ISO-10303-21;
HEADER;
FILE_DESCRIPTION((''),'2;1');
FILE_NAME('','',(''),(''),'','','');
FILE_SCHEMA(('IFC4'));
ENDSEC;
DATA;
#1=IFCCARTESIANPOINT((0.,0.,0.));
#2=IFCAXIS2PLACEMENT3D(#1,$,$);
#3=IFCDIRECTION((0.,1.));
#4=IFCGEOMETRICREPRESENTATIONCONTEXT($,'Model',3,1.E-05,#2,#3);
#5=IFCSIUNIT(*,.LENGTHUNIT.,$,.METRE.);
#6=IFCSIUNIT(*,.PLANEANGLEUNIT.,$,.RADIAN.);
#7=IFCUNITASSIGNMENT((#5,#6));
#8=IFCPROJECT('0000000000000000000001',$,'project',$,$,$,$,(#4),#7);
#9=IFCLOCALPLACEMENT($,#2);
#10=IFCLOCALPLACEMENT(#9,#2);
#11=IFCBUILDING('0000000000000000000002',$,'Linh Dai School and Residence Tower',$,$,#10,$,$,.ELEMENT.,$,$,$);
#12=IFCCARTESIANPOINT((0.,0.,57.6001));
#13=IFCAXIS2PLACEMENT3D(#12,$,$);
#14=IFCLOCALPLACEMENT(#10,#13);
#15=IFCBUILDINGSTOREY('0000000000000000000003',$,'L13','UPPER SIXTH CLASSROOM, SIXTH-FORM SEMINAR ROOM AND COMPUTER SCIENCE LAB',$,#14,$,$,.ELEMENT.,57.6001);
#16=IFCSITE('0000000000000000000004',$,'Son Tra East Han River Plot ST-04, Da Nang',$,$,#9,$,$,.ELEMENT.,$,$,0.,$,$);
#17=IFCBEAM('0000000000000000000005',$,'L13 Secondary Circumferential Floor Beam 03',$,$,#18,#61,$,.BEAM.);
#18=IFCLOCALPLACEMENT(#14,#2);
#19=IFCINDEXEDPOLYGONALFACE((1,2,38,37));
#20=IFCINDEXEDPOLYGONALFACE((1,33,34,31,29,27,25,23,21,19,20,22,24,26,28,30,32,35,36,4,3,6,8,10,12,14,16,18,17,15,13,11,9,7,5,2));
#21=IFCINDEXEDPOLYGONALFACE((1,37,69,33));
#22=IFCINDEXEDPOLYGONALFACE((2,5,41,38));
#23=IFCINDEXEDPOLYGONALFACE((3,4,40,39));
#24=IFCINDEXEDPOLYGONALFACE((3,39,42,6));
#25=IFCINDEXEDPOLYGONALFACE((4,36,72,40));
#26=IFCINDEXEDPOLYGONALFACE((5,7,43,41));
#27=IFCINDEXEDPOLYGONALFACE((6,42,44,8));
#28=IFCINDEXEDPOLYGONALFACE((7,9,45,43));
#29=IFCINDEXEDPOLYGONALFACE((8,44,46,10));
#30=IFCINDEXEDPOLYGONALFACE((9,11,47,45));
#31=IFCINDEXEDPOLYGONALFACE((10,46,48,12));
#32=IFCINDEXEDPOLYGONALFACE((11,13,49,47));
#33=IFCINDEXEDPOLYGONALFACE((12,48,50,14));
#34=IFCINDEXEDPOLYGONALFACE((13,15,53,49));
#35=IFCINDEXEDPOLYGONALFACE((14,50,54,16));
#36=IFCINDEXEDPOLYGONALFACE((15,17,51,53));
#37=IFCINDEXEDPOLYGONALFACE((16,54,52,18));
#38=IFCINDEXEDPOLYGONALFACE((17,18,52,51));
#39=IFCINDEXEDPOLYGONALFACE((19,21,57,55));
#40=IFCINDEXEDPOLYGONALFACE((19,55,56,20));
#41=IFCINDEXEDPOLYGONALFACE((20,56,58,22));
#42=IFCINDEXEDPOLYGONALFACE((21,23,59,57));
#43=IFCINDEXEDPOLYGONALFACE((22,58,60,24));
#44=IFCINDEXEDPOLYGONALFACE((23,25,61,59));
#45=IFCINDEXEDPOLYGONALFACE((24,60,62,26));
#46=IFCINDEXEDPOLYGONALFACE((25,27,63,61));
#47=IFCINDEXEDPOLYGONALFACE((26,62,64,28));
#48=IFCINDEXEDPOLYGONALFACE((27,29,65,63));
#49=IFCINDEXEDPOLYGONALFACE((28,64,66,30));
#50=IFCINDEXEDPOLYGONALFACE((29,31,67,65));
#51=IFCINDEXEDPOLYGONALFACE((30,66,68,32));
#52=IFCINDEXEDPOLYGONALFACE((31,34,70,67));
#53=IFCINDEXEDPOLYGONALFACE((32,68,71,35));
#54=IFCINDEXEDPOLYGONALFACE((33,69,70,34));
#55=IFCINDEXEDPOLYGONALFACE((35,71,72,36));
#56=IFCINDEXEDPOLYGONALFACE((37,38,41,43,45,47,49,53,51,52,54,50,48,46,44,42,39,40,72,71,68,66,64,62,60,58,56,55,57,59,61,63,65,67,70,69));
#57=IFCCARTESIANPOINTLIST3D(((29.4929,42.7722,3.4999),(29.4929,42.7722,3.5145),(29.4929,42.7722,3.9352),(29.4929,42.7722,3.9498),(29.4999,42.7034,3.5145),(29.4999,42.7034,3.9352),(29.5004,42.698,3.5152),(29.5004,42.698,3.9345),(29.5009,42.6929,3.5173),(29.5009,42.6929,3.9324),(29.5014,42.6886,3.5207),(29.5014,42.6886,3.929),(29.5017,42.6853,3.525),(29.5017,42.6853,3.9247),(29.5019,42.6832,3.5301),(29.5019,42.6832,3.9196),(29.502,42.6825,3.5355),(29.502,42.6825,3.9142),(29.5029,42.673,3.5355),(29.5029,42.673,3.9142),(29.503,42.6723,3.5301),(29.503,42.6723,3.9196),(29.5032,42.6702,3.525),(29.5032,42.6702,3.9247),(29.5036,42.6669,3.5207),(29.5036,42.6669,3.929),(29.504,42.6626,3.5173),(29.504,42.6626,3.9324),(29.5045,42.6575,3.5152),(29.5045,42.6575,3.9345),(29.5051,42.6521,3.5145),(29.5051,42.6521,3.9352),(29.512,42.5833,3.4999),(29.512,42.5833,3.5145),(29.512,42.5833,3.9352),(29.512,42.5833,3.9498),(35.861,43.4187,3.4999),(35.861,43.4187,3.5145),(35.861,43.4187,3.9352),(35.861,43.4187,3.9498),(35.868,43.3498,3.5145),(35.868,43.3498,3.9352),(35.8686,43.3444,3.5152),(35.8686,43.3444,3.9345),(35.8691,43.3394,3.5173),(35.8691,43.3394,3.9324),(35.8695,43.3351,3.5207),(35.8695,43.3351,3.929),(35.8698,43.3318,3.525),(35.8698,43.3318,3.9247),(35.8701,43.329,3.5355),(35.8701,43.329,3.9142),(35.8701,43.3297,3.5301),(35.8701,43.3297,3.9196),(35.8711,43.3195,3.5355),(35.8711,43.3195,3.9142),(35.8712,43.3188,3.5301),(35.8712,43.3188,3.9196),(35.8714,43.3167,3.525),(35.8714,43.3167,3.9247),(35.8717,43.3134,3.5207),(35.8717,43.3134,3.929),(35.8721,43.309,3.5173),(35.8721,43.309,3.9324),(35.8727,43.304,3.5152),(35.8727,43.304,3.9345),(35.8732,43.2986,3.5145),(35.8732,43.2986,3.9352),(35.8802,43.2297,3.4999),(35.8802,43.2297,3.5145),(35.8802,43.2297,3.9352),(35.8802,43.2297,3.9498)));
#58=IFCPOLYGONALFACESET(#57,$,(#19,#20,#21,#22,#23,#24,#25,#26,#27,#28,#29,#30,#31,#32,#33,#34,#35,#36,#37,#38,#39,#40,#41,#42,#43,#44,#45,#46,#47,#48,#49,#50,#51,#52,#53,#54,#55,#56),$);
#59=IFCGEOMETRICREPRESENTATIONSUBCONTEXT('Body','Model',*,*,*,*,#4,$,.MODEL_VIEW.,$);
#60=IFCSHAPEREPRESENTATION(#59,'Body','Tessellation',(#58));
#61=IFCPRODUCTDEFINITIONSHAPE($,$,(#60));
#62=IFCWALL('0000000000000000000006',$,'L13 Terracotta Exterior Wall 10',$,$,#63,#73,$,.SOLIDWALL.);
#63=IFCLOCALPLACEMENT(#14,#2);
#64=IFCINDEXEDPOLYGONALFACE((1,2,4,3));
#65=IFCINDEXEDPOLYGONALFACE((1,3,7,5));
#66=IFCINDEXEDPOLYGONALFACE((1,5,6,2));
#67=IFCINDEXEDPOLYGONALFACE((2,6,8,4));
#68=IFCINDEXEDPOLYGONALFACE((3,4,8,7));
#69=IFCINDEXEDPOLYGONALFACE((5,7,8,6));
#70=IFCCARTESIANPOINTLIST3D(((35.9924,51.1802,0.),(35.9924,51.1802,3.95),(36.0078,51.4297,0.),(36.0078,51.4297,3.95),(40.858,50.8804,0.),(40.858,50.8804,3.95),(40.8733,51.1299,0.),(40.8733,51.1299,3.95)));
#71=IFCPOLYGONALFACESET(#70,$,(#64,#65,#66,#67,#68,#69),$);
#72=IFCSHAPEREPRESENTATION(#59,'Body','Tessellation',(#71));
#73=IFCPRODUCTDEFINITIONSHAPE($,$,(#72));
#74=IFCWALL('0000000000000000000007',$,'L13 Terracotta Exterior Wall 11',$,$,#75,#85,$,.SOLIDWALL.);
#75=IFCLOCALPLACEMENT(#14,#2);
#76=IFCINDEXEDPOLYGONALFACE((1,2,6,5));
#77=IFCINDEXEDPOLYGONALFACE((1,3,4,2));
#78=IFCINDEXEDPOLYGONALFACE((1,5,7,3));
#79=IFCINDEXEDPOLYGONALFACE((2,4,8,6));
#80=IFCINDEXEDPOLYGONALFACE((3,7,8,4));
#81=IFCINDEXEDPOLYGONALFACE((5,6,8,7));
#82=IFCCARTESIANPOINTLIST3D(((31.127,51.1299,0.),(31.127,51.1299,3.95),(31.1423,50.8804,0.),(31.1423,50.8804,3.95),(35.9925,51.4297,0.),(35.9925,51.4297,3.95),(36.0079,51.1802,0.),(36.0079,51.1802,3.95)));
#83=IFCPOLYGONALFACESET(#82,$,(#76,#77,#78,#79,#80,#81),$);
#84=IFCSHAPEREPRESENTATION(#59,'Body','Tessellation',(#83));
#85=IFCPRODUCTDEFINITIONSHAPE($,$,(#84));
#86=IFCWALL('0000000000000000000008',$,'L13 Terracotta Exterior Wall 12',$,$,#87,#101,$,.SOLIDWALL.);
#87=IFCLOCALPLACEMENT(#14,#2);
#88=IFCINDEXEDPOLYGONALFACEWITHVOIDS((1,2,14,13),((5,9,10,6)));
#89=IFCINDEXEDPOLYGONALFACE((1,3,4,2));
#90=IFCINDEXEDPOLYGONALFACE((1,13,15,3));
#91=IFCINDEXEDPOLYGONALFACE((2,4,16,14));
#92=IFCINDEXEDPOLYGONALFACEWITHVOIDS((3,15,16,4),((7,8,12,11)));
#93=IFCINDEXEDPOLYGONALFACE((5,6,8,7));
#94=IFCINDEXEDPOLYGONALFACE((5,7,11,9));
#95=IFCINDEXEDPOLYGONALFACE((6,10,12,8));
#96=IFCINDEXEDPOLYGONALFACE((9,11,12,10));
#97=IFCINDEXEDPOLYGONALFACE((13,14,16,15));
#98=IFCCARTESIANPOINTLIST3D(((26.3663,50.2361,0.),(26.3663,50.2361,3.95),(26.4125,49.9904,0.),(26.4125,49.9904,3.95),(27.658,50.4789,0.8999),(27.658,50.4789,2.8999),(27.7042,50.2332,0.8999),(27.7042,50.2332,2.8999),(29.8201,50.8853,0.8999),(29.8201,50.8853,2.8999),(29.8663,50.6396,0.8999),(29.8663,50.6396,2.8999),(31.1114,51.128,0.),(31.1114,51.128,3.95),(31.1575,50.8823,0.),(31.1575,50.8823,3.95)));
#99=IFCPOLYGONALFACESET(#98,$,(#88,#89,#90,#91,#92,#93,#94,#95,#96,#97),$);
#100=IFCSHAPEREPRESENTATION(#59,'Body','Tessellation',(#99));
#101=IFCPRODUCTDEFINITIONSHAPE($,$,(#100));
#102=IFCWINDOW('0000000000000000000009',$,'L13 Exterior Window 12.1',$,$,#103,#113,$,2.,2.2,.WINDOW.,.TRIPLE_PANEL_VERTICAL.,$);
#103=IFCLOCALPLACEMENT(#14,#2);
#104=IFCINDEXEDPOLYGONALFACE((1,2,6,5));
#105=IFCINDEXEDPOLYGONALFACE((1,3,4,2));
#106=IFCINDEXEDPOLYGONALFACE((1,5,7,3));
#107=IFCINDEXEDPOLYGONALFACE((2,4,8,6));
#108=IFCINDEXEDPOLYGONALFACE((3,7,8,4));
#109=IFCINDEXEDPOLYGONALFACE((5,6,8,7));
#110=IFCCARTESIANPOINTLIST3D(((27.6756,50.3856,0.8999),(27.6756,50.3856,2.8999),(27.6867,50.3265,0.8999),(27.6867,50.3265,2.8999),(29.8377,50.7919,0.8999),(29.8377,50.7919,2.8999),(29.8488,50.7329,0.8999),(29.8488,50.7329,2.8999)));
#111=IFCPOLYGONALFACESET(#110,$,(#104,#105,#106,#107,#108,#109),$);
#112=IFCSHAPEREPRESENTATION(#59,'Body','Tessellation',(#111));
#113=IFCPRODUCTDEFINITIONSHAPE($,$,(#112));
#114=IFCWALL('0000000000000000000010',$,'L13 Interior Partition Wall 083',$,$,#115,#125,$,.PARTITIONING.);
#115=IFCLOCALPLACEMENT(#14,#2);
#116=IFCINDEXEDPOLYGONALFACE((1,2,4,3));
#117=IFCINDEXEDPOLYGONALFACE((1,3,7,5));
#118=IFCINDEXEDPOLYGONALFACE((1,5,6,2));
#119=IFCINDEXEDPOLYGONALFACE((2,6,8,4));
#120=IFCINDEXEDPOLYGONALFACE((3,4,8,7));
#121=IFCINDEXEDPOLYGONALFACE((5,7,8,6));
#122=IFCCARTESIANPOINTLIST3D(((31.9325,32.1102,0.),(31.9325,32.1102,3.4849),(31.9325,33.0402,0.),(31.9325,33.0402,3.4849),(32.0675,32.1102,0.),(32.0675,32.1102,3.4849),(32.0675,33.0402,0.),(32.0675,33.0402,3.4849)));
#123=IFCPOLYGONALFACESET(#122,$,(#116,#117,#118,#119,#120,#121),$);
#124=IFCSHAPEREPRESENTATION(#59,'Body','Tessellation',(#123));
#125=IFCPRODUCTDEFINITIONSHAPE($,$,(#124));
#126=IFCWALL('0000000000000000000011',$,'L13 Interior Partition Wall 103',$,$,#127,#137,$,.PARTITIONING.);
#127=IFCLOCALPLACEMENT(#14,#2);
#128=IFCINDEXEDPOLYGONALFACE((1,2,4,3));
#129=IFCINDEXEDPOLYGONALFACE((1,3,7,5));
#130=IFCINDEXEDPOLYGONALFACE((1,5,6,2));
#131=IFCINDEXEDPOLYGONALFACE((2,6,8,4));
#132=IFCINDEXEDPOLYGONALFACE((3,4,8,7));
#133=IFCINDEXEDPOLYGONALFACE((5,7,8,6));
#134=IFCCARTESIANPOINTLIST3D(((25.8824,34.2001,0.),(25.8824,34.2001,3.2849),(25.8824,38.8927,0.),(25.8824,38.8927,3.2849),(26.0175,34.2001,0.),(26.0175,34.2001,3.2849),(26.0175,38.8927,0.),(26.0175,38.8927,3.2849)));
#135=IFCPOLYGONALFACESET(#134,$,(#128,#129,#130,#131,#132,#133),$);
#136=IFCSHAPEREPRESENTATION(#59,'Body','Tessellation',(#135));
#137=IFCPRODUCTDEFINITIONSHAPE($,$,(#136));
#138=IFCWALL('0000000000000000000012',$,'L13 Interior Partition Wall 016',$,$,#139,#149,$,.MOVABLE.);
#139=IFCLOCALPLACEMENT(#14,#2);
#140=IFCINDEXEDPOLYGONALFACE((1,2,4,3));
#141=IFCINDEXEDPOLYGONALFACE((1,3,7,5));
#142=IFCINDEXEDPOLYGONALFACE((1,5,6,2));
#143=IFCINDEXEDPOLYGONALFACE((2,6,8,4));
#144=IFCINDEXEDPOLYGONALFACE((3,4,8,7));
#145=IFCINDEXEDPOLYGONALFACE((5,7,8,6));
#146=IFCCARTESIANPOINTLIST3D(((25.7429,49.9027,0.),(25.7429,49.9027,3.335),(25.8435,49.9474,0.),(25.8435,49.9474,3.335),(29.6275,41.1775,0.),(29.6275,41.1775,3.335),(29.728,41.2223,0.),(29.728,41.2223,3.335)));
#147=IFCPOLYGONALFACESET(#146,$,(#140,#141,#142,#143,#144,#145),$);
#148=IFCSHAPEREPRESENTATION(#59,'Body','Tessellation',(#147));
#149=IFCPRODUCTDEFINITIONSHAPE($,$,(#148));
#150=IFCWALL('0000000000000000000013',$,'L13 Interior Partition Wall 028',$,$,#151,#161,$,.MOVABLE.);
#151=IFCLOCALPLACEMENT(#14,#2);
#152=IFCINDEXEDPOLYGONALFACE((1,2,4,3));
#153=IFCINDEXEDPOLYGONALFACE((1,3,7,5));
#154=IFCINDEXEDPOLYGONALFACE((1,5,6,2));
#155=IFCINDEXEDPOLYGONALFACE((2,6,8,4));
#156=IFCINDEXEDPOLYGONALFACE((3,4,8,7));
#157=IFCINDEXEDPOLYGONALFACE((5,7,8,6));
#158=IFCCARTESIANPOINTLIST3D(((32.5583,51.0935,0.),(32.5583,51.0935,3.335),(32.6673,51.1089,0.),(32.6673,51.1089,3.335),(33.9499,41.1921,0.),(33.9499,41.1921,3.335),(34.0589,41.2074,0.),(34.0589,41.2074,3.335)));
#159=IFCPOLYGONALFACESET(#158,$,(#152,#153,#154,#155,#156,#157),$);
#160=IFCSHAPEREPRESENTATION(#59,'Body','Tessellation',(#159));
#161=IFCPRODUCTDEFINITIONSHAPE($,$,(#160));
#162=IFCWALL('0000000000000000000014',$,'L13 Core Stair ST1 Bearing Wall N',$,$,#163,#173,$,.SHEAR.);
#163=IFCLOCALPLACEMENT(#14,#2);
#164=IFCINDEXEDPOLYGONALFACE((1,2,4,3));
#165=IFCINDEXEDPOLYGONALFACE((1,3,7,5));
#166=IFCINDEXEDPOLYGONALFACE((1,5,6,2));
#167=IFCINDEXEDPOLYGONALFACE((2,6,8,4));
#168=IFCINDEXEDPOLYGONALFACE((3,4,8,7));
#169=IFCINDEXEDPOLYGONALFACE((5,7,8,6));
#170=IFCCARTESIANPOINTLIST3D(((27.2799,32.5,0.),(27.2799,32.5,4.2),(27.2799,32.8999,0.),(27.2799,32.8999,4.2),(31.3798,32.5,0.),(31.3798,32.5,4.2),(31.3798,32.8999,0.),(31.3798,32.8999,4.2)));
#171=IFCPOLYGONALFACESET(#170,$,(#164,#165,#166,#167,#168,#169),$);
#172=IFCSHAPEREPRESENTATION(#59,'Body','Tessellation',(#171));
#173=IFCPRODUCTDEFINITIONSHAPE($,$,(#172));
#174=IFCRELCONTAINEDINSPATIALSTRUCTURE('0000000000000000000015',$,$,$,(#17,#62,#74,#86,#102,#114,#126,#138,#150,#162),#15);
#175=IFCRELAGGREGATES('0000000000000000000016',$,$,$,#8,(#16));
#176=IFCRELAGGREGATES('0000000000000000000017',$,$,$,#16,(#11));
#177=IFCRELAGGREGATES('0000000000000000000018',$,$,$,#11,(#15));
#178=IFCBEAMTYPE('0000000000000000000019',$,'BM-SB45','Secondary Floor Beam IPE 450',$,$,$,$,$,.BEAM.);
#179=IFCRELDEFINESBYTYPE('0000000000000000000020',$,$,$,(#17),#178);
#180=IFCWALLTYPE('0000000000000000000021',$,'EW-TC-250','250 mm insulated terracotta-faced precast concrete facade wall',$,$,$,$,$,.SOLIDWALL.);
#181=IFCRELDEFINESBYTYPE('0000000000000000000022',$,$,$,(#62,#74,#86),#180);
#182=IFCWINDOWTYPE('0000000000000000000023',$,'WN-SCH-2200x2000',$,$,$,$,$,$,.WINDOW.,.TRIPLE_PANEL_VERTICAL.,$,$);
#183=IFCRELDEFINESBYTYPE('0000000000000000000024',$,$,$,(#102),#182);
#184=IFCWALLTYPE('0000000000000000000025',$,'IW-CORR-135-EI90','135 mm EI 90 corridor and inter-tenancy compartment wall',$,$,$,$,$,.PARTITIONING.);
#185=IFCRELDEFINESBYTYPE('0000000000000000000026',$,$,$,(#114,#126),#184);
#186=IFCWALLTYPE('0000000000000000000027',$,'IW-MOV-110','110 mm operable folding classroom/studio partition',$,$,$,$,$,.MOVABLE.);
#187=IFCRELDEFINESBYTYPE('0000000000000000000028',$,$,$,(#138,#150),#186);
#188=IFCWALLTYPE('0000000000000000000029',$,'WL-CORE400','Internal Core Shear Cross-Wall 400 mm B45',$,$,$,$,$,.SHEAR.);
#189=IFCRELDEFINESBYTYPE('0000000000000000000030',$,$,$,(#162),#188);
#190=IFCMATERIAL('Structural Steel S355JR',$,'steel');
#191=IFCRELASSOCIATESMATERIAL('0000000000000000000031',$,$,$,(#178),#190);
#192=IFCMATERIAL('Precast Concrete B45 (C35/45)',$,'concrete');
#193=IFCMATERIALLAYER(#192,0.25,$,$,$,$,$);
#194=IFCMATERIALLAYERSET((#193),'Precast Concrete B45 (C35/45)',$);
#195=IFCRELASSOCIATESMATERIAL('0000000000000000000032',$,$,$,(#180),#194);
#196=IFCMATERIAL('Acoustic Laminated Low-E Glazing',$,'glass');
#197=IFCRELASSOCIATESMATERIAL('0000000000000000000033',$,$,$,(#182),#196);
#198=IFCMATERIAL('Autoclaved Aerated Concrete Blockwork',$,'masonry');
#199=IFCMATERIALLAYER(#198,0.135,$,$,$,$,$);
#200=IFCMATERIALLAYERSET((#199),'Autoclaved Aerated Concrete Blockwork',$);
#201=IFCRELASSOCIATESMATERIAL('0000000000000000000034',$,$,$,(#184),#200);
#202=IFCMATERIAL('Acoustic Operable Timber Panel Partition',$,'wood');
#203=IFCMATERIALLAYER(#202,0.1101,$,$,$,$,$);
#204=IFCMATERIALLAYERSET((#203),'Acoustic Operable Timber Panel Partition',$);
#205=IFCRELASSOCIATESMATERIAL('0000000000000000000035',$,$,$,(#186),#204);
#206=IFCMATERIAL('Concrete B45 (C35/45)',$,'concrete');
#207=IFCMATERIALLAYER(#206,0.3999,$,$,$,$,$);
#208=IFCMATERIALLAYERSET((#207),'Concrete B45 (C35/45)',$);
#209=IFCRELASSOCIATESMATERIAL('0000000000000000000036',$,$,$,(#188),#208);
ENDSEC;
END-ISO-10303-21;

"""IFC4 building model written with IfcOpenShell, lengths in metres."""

from ifc_helpers import new_model, si_unit, direction, frame, frame_2d, origin, origin_2d, place, context, subcontext, project, spatial, rectangle, i_section, extrude, source, transform, mapped, material, layer, layer_set, material_profile, profile_set, type_object, element, fill, save


model = new_model("IFC4")

# Units and contexts
model_context = context("Model", 3, precision=1e-05, world=origin(), true_north=direction((0.0, 1.0)))
body_context = subcontext(model_context, "Body", "Model", "MODEL_VIEW")
ifc_project = project(units=[si_unit("LENGTHUNIT", "METRE"), si_unit("PLANEANGLEUNIT", "RADIAN")], contexts=[model_context])

# Site, building, storey
site_placement = place(None, origin())
site = spatial("IfcSite", under=ifc_project, at=site_placement, Name="Son Tra East Han River Plot ST-04, Da Nang", CompositionType="ELEMENT", RefElevation=0.0)
building_placement = place(site_placement, origin())
building = spatial("IfcBuilding", under=site, at=building_placement, Name="Linh Dai School and Residence Tower", CompositionType="ELEMENT")
storey_placement = place(building_placement, frame((0.0, 0.0, 57.6001)))
storey = spatial("IfcBuildingStorey", under=building, at=storey_placement, Name="L13", Description="UPPER SIXTH CLASSROOM, SIXTH-FORM SEMINAR ROOM AND COMPUTER SCIENCE LAB", CompositionType="ELEMENT", Elevation=57.6001)

# Shared definitions
ifc_material_1 = material(Name="Structural Steel S355JR", Category="steel")

# Beam
ifc_material_profile_1 = material_profile(ifc_material_1, i_section(OverallWidth=0.1899, OverallDepth=0.45, WebThickness=0.0095, FlangeThickness=0.0146, FilletRadius=0.021, at=origin_2d()), Name="IPE 450")
ifc_profile_set_1 = profile_set([ifc_material_profile_1], Name="Structural Steel S355JR")
beam_type_1 = type_object("IfcBeamType", Name="BM-SB45", Description="Secondary Floor Beam IPE 450", PredefinedType="BEAM", material=ifc_profile_set_1)
beam_1_placement = place(storey_placement, frame((35.8706, 43.3242, 3.7249), z_axis=(-0.994887, -0.100999, 0.0), x_axis=(0.100999, -0.994887, 0.0)))
element("IfcBeam", 1, at=beam_1_placement, inside=storey, type_object=beam_type_1, Name="L13 Secondary Circumferential Floor Beam 03", PredefinedType="BEAM", context=body_context, shape_type="SweptSolid", body=[
    extrude(i_section(OverallWidth=0.1899, OverallDepth=0.45, WebThickness=0.0095, FlangeThickness=0.0146, FilletRadius=0.021, at=origin_2d()), origin(), (0.0, 0.0, 1.0), 6.4009),
])

# Walls
ifc_material_2 = material(Name="Precast Concrete B45 (C35/45)", Category="concrete")
ifc_layer_1 = layer(ifc_material_2, 0.25)
ifc_layer_set_1 = layer_set([ifc_layer_1], Name="Precast Concrete B45 (C35/45)")
wall_type_1 = type_object("IfcWallType", Name="EW-TC-250", Description="250 mm insulated terracotta-faced precast concrete facade wall", PredefinedType="SOLIDWALL", material=ifc_layer_set_1)
for number, where, z_axis, x_axis, name in (
    (2, (36.0, 51.3049, 0.0), (0.0, 0.0, 1.0), (0.998107, -0.061502, 0.0), "L13 Terracotta Exterior Wall 10"),
    (3, (31.1345, 51.0051, 0.0), (0.0, 0.0, 1.0), (0.998107, 0.061502, 0.0), "L13 Terracotta Exterior Wall 11"),
):
    element("IfcWall", number, at=place(storey_placement, frame(where, z_axis=z_axis, x_axis=x_axis)), inside=storey, type_object=wall_type_1, Name=name, PredefinedType="SOLIDWALL", context=body_context, shape_type="SweptSolid", body=[
        extrude(rectangle(XDim=4.8748, YDim=0.25, at=frame_2d((2.4375, 0.0))), origin(), (0.0, 0.0, 1.0), 3.95),
    ])

# Wall, opening, window
wall_1_placement = place(storey_placement, frame((26.3894, 50.1133, 0.0), z_axis=(0.0, 0.0, 1.0), x_axis=(0.982792, 0.184716, 0.0)))
wall_1 = element("IfcWall", 4, at=wall_1_placement, inside=storey, type_object=wall_type_1, Name="L13 Terracotta Exterior Wall 12", PredefinedType="SOLIDWALL", context=body_context, shape_type="SweptSolid", body=[
    extrude(rectangle(XDim=4.8281, YDim=0.25, at=frame_2d((2.4141, 0.0))), origin(), (0.0, 0.0, 1.0), 3.95),
])
opening_placement = place(wall_1_placement, frame((1.3142, 0.0, 0.8999)))
opening = element("IfcOpeningElement", 5, at=opening_placement, cuts=wall_1, PredefinedType="OPENING", context=body_context, shape_type="SweptSolid", body=[
    extrude(rectangle(XDim=2.2, YDim=2.0, at=origin_2d()), frame((1.1001, 0.135, 1.0), z_axis=(0.0, -1.0, 0.0), x_axis=(1.0, 0.0, 0.0)), (0.0, 0.0, 1.0), 0.27),
])
ifc_material_3 = material(Name="Acoustic Laminated Low-E Glazing", Category="glass")
window_type = type_object("IfcWindowType", Name="WN-SCH-2200x2000", PartitioningType="TRIPLE_PANEL_VERTICAL", PredefinedType="WINDOW", material=ifc_material_3)
shared_shape_1 = source(origin(), body_context, "Body", "SweptSolid", [
    extrude(rectangle(XDim=2.2, YDim=2.0, at=origin_2d()), frame((1.1001, 0.03, 1.0), z_axis=(0.0, -1.0, 0.0), x_axis=(1.0, 0.0, 0.0)), (0.0, 0.0, 1.0), 0.0601),
])
window_placement = place(opening_placement, origin())
window = element("IfcWindow", 6, at=window_placement, inside=storey, type_object=window_type, Name="L13 Exterior Window 12.1", OverallHeight=2.0, OverallWidth=2.2, PartitioningType="TRIPLE_PANEL_VERTICAL", PredefinedType="WINDOW", context=body_context, shape_type="MappedRepresentation", body=[
    mapped(shared_shape_1, transform((0.0, 0.0, 0.0), x_axis=(1.0, 0.0, 0.0), y_axis=(0.0, 1.0, 0.0), z_axis=(0.0, 0.0, 1.0), scale=1.0)),
])
fill(opening, window)

# Walls
ifc_material_4 = material(Name="Autoclaved Aerated Concrete Blockwork", Category="masonry")
ifc_layer_2 = layer(ifc_material_4, 0.135)
ifc_layer_set_2 = layer_set([ifc_layer_2], Name="Autoclaved Aerated Concrete Blockwork")
wall_type_2 = type_object("IfcWallType", Name="IW-CORR-135-EI90", Description="135 mm EI 90 corridor and inter-tenancy compartment wall", PredefinedType="PARTITIONING", material=ifc_layer_set_2)
wall_2_placement = place(storey_placement, frame((32.0, 33.04, 0.0), z_axis=(0.0, 0.0, 1.0), x_axis=(0.0, -1.0, 0.0)))
element("IfcWall", 7, at=wall_2_placement, inside=storey, type_object=wall_type_2, Name="L13 Interior Partition Wall 083", PredefinedType="PARTITIONING", context=body_context, shape_type="SweptSolid", body=[
    extrude(rectangle(XDim=0.9299, YDim=0.135, at=frame_2d((0.4648, 0.0))), origin(), (0.0, 0.0, 1.0), 3.4849),
])
wall_3_placement = place(storey_placement, frame((25.95, 38.8926, 0.0), z_axis=(0.0, 0.0, 1.0), x_axis=(0.0, -1.0, 0.0)))
element("IfcWall", 8, at=wall_3_placement, inside=storey, type_object=wall_type_2, Name="L13 Interior Partition Wall 103", PredefinedType="PARTITIONING", context=body_context, shape_type="SweptSolid", body=[
    extrude(rectangle(XDim=4.6926, YDim=0.135, at=frame_2d((2.3462, 0.0))), origin(), (0.0, 0.0, 1.0), 3.2849),
])
ifc_material_5 = material(Name="Acoustic Operable Timber Panel Partition", Category="wood")
ifc_layer_3 = layer(ifc_material_5, 0.1101)
ifc_layer_set_3 = layer_set([ifc_layer_3], Name="Acoustic Operable Timber Panel Partition")
wall_type_3 = type_object("IfcWallType", Name="IW-MOV-110", Description="110 mm operable folding classroom/studio partition", PredefinedType="MOVABLE", material=ifc_layer_set_3)
wall_4_placement = place(storey_placement, frame((25.7932, 49.925, 0.0), z_axis=(0.0, 0.0, 1.0), x_axis=(0.406724, -0.913551, 0.0)))
element("IfcWall", 9, at=wall_4_placement, inside=storey, type_object=wall_type_3, Name="L13 Interior Partition Wall 016", PredefinedType="MOVABLE", context=body_context, shape_type="SweptSolid", body=[
    extrude(rectangle(XDim=9.5508, YDim=0.1101, at=frame_2d((4.7754, 0.0))), origin(), (0.0, 0.0, 1.0), 3.335),
])
wall_5_placement = place(storey_placement, frame((32.6128, 51.1013, 0.0), z_axis=(0.0, 0.0, 1.0), x_axis=(0.139179, -0.990267, 0.0)))
element("IfcWall", 10, at=wall_5_placement, inside=storey, type_object=wall_type_3, Name="L13 Interior Partition Wall 028", PredefinedType="MOVABLE", context=body_context, shape_type="SweptSolid", body=[
    extrude(rectangle(XDim=9.9988, YDim=0.1101, at=frame_2d((4.9995, 0.0))), origin(), (0.0, 0.0, 1.0), 3.335),
])
ifc_material_6 = material(Name="Concrete B45 (C35/45)", Category="concrete")
ifc_layer_4 = layer(ifc_material_6, 0.3999)
ifc_layer_set_4 = layer_set([ifc_layer_4], Name="Concrete B45 (C35/45)")
wall_type_4 = type_object("IfcWallType", Name="WL-CORE400", Description="Internal Core Shear Cross-Wall 400 mm B45", PredefinedType="SHEAR", material=ifc_layer_set_4)
wall_6_placement = place(storey_placement, frame((27.28, 32.7, 0.0), z_axis=(0.0, 0.0, 1.0), x_axis=(1.0, 0.0, 0.0)))
element("IfcWall", 11, at=wall_6_placement, inside=storey, type_object=wall_type_4, Name="L13 Core Stair ST1 Bearing Wall N", PredefinedType="SHEAR", context=body_context, shape_type="SweptSolid", body=[
    extrude(rectangle(XDim=4.0999, YDim=0.3999, at=frame_2d((2.0498, 0.0))), origin(), (0.0, 0.0, 1.0), 4.2),
])

save(model, "model.ifc")
